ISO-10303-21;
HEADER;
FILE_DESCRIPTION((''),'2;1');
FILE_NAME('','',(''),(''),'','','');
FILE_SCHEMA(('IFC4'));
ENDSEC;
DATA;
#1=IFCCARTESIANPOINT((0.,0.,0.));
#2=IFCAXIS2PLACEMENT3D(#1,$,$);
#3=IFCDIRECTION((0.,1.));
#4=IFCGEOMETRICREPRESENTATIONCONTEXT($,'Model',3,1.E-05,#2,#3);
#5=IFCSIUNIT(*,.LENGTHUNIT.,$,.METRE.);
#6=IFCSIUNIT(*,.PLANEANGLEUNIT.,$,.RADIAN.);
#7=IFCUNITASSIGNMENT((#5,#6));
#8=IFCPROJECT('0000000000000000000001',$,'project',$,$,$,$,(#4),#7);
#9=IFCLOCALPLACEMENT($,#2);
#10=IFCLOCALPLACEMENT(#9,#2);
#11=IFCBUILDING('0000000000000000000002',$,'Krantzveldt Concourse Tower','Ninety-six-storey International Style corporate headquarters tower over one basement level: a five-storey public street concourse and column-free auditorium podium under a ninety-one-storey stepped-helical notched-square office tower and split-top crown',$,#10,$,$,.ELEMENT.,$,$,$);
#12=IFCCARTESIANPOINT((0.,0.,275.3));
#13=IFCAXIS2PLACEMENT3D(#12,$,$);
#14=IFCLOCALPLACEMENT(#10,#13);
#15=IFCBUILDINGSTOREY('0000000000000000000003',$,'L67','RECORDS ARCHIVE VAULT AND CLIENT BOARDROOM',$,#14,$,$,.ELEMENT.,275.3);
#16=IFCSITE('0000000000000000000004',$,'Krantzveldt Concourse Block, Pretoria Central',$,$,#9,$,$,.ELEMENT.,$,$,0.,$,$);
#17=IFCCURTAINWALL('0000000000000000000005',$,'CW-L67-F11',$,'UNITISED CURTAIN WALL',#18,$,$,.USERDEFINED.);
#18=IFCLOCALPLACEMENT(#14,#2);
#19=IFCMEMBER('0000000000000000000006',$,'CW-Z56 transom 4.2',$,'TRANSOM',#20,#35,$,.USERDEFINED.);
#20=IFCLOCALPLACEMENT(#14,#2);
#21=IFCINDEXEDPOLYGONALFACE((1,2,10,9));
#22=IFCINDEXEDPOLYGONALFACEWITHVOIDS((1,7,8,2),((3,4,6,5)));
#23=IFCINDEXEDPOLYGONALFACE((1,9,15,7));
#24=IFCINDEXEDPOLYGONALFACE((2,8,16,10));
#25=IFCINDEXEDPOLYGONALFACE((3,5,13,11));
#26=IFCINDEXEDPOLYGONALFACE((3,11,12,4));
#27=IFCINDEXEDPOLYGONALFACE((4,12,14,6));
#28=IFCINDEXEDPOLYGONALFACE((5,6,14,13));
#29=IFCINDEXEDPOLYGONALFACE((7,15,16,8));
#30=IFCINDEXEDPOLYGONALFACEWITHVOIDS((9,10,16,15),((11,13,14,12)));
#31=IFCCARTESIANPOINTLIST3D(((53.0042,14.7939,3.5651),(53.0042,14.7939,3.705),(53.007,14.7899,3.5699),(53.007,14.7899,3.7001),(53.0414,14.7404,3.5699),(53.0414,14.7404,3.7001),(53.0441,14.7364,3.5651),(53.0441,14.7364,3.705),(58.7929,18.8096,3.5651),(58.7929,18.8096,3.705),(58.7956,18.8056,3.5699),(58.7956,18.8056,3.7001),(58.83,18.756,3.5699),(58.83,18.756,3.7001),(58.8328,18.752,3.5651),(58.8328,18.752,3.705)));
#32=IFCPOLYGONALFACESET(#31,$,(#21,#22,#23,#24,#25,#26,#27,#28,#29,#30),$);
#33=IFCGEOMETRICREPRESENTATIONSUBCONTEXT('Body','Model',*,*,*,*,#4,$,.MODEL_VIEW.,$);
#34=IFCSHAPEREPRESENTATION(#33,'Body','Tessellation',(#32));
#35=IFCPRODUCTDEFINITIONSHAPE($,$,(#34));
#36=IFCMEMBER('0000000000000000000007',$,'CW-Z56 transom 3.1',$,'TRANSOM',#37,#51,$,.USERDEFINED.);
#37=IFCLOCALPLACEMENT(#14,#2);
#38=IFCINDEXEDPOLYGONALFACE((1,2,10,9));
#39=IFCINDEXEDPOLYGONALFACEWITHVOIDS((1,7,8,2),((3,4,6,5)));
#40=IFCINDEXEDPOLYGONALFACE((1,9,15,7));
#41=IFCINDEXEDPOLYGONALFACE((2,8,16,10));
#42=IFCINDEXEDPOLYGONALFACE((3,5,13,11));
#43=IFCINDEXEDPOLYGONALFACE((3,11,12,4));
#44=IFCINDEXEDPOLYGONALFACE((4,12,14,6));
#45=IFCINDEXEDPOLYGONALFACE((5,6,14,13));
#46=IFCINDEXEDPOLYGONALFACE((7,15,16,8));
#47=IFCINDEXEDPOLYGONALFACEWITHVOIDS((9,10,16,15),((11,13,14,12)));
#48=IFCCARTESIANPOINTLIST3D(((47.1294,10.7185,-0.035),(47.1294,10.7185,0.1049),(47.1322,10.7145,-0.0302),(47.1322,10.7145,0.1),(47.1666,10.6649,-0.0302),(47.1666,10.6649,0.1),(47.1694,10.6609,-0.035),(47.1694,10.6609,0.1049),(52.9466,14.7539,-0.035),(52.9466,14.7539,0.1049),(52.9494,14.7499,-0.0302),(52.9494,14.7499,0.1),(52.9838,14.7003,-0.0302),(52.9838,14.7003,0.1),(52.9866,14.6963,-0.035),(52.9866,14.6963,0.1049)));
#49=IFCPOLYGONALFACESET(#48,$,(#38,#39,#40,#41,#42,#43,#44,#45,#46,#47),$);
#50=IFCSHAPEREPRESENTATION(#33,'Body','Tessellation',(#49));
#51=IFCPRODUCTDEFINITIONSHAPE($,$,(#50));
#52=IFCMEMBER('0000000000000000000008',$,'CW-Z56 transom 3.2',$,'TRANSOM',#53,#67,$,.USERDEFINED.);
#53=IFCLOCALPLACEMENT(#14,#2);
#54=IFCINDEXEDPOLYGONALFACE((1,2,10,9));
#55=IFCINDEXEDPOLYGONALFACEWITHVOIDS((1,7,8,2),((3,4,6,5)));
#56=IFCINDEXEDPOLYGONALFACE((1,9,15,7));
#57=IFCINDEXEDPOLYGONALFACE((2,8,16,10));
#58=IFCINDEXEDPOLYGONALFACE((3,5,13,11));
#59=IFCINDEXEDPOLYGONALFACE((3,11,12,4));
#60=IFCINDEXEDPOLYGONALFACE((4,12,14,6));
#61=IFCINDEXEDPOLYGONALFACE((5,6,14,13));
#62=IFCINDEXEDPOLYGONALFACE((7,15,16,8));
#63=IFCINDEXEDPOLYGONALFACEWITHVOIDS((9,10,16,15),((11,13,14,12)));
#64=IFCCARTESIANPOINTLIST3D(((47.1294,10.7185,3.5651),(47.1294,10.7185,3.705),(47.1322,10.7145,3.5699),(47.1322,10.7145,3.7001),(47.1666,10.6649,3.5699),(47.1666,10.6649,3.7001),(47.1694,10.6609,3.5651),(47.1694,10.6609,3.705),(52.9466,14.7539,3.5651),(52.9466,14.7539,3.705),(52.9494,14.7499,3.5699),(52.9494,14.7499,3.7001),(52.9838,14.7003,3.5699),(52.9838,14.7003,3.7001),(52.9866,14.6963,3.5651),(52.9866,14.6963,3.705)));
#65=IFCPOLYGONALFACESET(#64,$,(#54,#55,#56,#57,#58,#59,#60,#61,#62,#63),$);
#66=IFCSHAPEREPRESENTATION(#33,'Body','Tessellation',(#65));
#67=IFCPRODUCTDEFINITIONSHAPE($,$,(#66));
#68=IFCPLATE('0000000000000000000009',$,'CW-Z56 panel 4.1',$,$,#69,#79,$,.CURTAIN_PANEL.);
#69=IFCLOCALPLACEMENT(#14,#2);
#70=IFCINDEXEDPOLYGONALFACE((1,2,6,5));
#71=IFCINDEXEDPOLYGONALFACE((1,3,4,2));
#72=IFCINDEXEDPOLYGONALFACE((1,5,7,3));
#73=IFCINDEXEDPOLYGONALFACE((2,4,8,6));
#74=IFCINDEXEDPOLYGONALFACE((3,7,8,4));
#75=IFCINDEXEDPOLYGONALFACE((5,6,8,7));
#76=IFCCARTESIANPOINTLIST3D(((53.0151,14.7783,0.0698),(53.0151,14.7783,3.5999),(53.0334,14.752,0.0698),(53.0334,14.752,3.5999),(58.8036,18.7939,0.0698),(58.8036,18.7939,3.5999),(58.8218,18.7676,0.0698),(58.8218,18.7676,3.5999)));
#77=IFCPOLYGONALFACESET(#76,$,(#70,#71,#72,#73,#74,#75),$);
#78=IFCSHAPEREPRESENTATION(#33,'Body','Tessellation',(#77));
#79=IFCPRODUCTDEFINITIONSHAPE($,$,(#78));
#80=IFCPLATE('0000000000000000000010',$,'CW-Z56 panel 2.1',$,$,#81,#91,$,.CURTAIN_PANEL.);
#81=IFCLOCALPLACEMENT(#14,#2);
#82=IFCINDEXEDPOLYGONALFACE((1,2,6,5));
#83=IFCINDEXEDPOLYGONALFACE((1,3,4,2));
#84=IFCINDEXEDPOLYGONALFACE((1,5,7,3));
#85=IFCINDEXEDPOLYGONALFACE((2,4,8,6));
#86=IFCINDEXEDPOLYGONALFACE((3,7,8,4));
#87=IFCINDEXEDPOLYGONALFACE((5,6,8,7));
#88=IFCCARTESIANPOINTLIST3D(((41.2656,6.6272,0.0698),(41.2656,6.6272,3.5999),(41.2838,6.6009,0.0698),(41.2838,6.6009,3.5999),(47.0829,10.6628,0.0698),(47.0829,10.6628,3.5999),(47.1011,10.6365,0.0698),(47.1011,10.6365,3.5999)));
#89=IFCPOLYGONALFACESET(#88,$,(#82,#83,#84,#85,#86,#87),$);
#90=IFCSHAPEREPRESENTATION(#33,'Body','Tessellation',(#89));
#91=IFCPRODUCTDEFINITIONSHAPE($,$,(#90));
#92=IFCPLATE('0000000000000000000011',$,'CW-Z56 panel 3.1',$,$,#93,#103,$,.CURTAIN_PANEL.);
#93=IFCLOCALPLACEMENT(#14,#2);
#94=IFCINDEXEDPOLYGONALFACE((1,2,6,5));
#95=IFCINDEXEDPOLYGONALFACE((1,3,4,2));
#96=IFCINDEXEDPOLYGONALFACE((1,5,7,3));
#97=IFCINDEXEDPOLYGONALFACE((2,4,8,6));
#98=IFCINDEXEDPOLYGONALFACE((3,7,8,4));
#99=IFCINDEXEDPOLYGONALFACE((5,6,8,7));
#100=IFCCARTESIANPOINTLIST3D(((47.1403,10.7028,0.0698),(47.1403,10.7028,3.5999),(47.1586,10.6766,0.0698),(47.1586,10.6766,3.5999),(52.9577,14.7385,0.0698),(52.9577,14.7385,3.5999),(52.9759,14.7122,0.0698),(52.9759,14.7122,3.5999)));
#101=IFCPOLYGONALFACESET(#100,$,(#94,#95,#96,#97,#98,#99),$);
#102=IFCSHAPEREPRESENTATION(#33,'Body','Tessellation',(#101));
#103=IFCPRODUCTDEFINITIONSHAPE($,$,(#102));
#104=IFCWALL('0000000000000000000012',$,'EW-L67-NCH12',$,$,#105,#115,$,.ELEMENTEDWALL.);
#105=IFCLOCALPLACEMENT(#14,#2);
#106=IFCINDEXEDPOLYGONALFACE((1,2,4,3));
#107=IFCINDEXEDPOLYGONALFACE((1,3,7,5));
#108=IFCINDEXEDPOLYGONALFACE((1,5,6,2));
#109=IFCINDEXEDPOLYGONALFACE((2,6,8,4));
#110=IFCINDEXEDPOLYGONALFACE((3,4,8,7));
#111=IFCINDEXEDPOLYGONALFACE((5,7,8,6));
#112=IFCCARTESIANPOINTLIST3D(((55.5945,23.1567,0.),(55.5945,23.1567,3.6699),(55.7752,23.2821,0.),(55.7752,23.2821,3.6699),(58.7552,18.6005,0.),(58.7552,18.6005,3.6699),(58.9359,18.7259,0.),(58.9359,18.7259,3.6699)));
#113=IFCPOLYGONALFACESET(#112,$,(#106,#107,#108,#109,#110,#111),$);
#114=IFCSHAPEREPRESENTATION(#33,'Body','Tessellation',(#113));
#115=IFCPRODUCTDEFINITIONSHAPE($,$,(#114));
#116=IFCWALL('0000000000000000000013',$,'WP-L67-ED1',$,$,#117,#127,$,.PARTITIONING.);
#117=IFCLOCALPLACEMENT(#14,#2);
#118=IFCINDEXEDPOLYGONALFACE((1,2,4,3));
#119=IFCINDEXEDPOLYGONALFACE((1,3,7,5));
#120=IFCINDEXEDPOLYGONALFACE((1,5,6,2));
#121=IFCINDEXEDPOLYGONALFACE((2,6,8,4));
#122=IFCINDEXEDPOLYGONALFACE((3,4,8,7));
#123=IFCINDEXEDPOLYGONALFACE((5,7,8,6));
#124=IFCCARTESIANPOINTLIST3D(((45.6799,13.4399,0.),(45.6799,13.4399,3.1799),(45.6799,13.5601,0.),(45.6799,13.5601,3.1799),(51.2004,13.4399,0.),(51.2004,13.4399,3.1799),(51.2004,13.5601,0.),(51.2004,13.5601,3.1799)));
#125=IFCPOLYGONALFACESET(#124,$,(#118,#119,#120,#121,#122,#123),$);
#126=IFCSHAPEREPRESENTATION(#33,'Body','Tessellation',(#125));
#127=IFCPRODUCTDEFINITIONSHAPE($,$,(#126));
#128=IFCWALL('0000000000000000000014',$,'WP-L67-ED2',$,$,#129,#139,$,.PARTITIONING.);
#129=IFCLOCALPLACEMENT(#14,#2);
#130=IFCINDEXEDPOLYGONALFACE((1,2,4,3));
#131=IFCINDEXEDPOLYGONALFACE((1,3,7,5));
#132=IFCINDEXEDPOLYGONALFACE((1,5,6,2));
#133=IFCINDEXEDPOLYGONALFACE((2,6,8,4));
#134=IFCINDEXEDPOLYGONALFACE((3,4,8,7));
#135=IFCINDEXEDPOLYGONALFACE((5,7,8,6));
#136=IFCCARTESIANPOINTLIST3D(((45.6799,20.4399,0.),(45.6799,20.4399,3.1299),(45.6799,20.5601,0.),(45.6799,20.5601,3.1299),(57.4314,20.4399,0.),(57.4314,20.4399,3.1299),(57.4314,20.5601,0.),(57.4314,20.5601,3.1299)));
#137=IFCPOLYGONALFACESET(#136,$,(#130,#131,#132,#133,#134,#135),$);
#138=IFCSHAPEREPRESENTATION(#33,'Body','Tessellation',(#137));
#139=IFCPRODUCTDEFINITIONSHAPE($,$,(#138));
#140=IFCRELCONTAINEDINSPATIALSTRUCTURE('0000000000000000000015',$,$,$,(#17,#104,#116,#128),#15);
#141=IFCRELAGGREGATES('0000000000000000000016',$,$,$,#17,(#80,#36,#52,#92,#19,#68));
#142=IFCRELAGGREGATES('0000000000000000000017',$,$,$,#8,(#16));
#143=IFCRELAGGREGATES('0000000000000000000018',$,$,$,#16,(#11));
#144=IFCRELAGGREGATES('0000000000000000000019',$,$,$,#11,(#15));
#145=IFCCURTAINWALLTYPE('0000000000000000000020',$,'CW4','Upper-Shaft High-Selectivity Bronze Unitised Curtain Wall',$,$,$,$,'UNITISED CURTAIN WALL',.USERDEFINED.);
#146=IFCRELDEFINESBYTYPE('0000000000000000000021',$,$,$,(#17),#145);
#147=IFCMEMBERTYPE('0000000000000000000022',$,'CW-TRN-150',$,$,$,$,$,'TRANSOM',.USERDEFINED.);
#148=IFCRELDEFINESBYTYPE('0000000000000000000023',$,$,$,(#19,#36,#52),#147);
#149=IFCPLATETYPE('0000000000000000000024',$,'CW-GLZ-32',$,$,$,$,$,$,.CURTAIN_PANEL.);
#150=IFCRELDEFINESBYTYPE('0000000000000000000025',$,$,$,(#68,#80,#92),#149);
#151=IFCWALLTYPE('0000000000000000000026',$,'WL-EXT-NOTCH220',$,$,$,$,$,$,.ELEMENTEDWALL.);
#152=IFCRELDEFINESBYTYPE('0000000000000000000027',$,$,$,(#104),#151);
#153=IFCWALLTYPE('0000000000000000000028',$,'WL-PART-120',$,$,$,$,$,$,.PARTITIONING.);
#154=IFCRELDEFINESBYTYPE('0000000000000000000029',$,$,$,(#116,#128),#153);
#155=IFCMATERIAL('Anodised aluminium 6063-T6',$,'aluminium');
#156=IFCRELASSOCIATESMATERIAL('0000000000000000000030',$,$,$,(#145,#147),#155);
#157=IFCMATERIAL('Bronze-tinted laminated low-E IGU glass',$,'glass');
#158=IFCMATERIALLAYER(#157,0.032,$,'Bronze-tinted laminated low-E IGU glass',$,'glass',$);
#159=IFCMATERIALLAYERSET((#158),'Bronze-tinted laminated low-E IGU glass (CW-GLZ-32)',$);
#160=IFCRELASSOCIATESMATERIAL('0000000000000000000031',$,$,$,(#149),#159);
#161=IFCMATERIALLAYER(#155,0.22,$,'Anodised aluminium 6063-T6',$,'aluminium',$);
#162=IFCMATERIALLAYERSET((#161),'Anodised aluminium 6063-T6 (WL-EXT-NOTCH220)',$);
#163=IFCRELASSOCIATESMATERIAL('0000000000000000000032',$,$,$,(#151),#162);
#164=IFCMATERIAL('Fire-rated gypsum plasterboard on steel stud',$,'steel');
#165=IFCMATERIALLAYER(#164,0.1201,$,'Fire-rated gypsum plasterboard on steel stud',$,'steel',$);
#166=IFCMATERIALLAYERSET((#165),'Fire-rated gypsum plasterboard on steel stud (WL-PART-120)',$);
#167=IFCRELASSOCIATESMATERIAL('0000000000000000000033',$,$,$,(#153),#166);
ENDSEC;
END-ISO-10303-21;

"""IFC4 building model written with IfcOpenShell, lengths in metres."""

from ifc_helpers import new_model, si_unit, direction, frame, frame_2d, origin, origin_2d, place, context, subcontext, project, spatial, rectangle, hollow_rectangle, extrude, source, transform, mapped, material, layer, layer_set, material_profile, profile_set, type_object, type_shapes, element, aggregate, save


model = new_model("IFC4")

# Units and contexts
model_context = context("Model", 3, precision=1e-05, world=origin(), true_north=direction((0.0, 1.0)))
body_context = subcontext(model_context, "Body", "Model", "MODEL_VIEW")
ifc_project = project(units=[si_unit("LENGTHUNIT", "METRE"), si_unit("PLANEANGLEUNIT", "RADIAN")], contexts=[model_context])

# Site, building, storey
site_placement = place(None, origin())
site = spatial("IfcSite", under=ifc_project, at=site_placement, Name="Krantzveldt Concourse Block, Pretoria Central", CompositionType="ELEMENT", RefElevation=0.0)
building_placement = place(site_placement, origin())
building = spatial("IfcBuilding", under=site, at=building_placement, Name="Krantzveldt Concourse Tower", Description="Ninety-six-storey International Style corporate headquarters tower over one basement level: a five-storey public street concourse and column-free auditorium podium under a ninety-one-storey stepped-helical notched-square office tower and split-top crown", CompositionType="ELEMENT")
storey_placement = place(building_placement, frame((0.0, 0.0, 275.3)))
storey = spatial("IfcBuildingStorey", under=building, at=storey_placement, Name="L67", Description="RECORDS ARCHIVE VAULT AND CLIENT BOARDROOM", CompositionType="ELEMENT", Elevation=275.3)

# Curtain wall, members, plates
ifc_material_1 = material(Name="Anodised aluminium 6063-T6", Category="aluminium")
curtain_wall_type = type_object("IfcCurtainWallType", Name="CW4", Description="Upper-Shaft High-Selectivity Bronze Unitised Curtain Wall", ElementType="UNITISED CURTAIN WALL", PredefinedType="USERDEFINED", material=ifc_material_1)
curtain_wall_placement = place(storey_placement, origin())
curtain_wall = element("IfcCurtainWall", 1, at=curtain_wall_placement, inside=storey, type_object=curtain_wall_type, Name="CW-L67-F11", ObjectType="UNITISED CURTAIN WALL", PredefinedType="USERDEFINED")
ifc_material_profile_1 = material_profile(ifc_material_1, hollow_rectangle(XDim=0.0701, YDim=0.1399, WallThickness=0.0049, at=origin_2d()), Name="Anodised aluminium 6063-T6", Category="aluminium")
ifc_profile_set_1 = profile_set([ifc_material_profile_1], Name="Anodised aluminium 6063-T6 - ALU-TRAN 140x70x5")
member_type_1 = type_object("IfcMemberType", Name="CW-TRN-150", ElementType="TRANSOM", PredefinedType="USERDEFINED", material=ifc_profile_set_1)
shared_shape_1 = source(origin(), body_context, "Body", "SweptSolid", [
    extrude(hollow_rectangle(XDim=0.0701, YDim=0.1399, WallThickness=0.0049, at=origin_2d()), origin(), (0.0, 0.0, 1.0), 7.0452),
])
member_1_placement = place(storey_placement, frame((53.0242, 14.7651, 3.635), z_axis=(0.82165, 0.569992, 0.0), x_axis=(-0.569992, 0.82165, 0.0)))
member_1 = element("IfcMember", 2, at=member_1_placement, type_object=member_type_1, Name="CW-Z56 transom 4.2", ObjectType="TRANSOM", PredefinedType="USERDEFINED", context=body_context, shape_type="MappedRepresentation", body=[
    mapped(shared_shape_1, transform((0.0, 0.0, 0.0), x_axis=(1.0, 0.0, 0.0), y_axis=(0.0, 1.0, 0.0), z_axis=(0.0, 0.0, 1.0), scale=1.0)),
])
shared_shape_2 = source(origin(), body_context, "Body", "SweptSolid", [
    extrude(hollow_rectangle(XDim=0.0701, YDim=0.1399, WallThickness=0.0049, at=origin_2d()), origin(), (0.0, 0.0, 1.0), 7.0798),
])
type_shapes(member_type_1, [shared_shape_1, shared_shape_2])
member_2_placement = place(storey_placement, frame((47.1494, 10.6897, 0.0349), z_axis=(0.821653, 0.569988, 0.0), x_axis=(-0.569988, 0.821653, 0.0)))
member_2 = element("IfcMember", 3, at=member_2_placement, type_object=member_type_1, Name="CW-Z56 transom 3.1", ObjectType="TRANSOM", PredefinedType="USERDEFINED", context=body_context, shape_type="MappedRepresentation", body=[
    mapped(shared_shape_2, transform((0.0, 0.0, 0.0), x_axis=(1.0, 0.0, 0.0), y_axis=(0.0, 1.0, 0.0), z_axis=(0.0, 0.0, 1.0), scale=1.0)),
])
member_3_placement = place(storey_placement, frame((47.1494, 10.6897, 3.635), z_axis=(0.821653, 0.569988, 0.0), x_axis=(-0.569988, 0.821653, 0.0)))
member_3 = element("IfcMember", 4, at=member_3_placement, type_object=member_type_1, Name="CW-Z56 transom 3.2", ObjectType="TRANSOM", PredefinedType="USERDEFINED", context=body_context, shape_type="MappedRepresentation", body=[
    mapped(shared_shape_2, transform((0.0, 0.0, 0.0), x_axis=(1.0, 0.0, 0.0), y_axis=(0.0, 1.0, 0.0), z_axis=(0.0, 0.0, 1.0), scale=1.0)),
])
ifc_material_2 = material(Name="Bronze-tinted laminated low-E IGU glass", Category="glass")
ifc_layer_1 = layer(ifc_material_2, 0.032, Name="Bronze-tinted laminated low-E IGU glass", Category="glass")
ifc_layer_set_1 = layer_set([ifc_layer_1], Name="Bronze-tinted laminated low-E IGU glass (CW-GLZ-32)")
plate_type = type_object("IfcPlateType", Name="CW-GLZ-32", PredefinedType="CURTAIN_PANEL", material=ifc_layer_set_1)
shared_shape_3 = source(origin(), body_context, "Body", "SweptSolid", [
    extrude(rectangle(XDim=7.0449, YDim=0.032, at=origin_2d()), origin(), (0.0, 0.0, 1.0), 3.53),
])
plate_1_placement = place(storey_placement, frame((55.9185, 16.7729, 0.0698), z_axis=(0.0, 0.0, 1.0), x_axis=(0.821647, 0.569997, 0.0)))
plate_1 = element("IfcPlate", 5, at=plate_1_placement, type_object=plate_type, Name="CW-Z56 panel 4.1", PredefinedType="CURTAIN_PANEL", context=body_context, shape_type="MappedRepresentation", body=[
    mapped(shared_shape_3, transform((0.0, 0.0, 0.0), x_axis=(1.0, 0.0, 0.0), y_axis=(0.0, 1.0, 0.0), z_axis=(0.0, 0.0, 1.0), scale=1.0)),
])
shared_shape_4 = source(origin(), body_context, "Body", "SweptSolid", [
    extrude(rectangle(XDim=7.0801, YDim=0.032, at=origin_2d()), origin(), (0.0, 0.0, 1.0), 3.53),
])
type_shapes(plate_type, [shared_shape_3, shared_shape_4])
plate_2_placement = place(storey_placement, frame((44.1833, 8.6318, 0.0698), z_axis=(0.0, 0.0, 1.0), x_axis=(0.821647, 0.569997, 0.0)))
plate_2 = element("IfcPlate", 6, at=plate_2_placement, type_object=plate_type, Name="CW-Z56 panel 2.1", PredefinedType="CURTAIN_PANEL", context=body_context, shape_type="MappedRepresentation", body=[
    mapped(shared_shape_4, transform((0.0, 0.0, 0.0), x_axis=(1.0, 0.0, 0.0), y_axis=(0.0, 1.0, 0.0), z_axis=(0.0, 0.0, 1.0), scale=1.0)),
])
plate_3_placement = place(storey_placement, frame((50.0581, 12.7075, 0.0698), z_axis=(0.0, 0.0, 1.0), x_axis=(0.821647, 0.569997, 0.0)))
plate_3 = element("IfcPlate", 7, at=plate_3_placement, type_object=plate_type, Name="CW-Z56 panel 3.1", PredefinedType="CURTAIN_PANEL", context=body_context, shape_type="MappedRepresentation", body=[
    mapped(shared_shape_4, transform((0.0, 0.0, 0.0), x_axis=(1.0, 0.0, 0.0), y_axis=(0.0, 1.0, 0.0), z_axis=(0.0, 0.0, 1.0), scale=1.0)),
])
aggregate(curtain_wall, [plate_2, member_2, member_3, plate_3, member_1, plate_1])

# Walls
ifc_layer_2 = layer(ifc_material_1, 0.22, Name="Anodised aluminium 6063-T6", Category="aluminium")
ifc_layer_set_2 = layer_set([ifc_layer_2], Name="Anodised aluminium 6063-T6 (WL-EXT-NOTCH220)")
wall_type_1 = type_object("IfcWallType", Name="WL-EXT-NOTCH220", PredefinedType="ELEMENTEDWALL", material=ifc_layer_set_2)
wall_1_placement = place(storey_placement, frame((58.8455, 18.6633, 0.0), z_axis=(0.0, 0.0, 1.0), x_axis=(-0.569988, 0.821653, 0.0)))
element("IfcWall", 8, at=wall_1_placement, inside=storey, type_object=wall_type_1, Name="EW-L67-NCH12", PredefinedType="ELEMENTEDWALL", context=body_context, shape_type="SweptSolid", body=[
    extrude(rectangle(XDim=5.5452, YDim=0.22, at=frame_2d((2.7725, 0.0))), origin(), (0.0, 0.0, 1.0), 3.6699),
])
ifc_material_3 = material(Name="Fire-rated gypsum plasterboard on steel stud", Category="steel")
ifc_layer_3 = layer(ifc_material_3, 0.1201, Name="Fire-rated gypsum plasterboard on steel stud", Category="steel")
ifc_layer_set_3 = layer_set([ifc_layer_3], Name="Fire-rated gypsum plasterboard on steel stud (WL-PART-120)")
wall_type_2 = type_object("IfcWallType", Name="WL-PART-120", PredefinedType="PARTITIONING", material=ifc_layer_set_3)
wall_2_placement = place(storey_placement, frame((45.6799, 13.5, 0.0), z_axis=(0.0, 0.0, 1.0), x_axis=(1.0, 0.0, 0.0)))
element("IfcWall", 9, at=wall_2_placement, inside=storey, type_object=wall_type_2, Name="WP-L67-ED1", PredefinedType="PARTITIONING", context=body_context, shape_type="SweptSolid", body=[
    extrude(rectangle(XDim=5.5205, YDim=0.1201, at=frame_2d((2.7603, 0.0))), origin(), (0.0, 0.0, 1.0), 3.1799),
])
wall_3_placement = place(storey_placement, frame((45.6799, 20.5, 0.0), z_axis=(0.0, 0.0, 1.0), x_axis=(1.0, 0.0, 0.0)))
element("IfcWall", 10, at=wall_3_placement, inside=storey, type_object=wall_type_2, Name="WP-L67-ED2", PredefinedType="PARTITIONING", context=body_context, shape_type="SweptSolid", body=[
    extrude(rectangle(XDim=11.7515, YDim=0.1201, at=frame_2d((5.8757, 0.0))), origin(), (0.0, 0.0, 1.0), 3.1299),
])

save(model, "model.ifc")
